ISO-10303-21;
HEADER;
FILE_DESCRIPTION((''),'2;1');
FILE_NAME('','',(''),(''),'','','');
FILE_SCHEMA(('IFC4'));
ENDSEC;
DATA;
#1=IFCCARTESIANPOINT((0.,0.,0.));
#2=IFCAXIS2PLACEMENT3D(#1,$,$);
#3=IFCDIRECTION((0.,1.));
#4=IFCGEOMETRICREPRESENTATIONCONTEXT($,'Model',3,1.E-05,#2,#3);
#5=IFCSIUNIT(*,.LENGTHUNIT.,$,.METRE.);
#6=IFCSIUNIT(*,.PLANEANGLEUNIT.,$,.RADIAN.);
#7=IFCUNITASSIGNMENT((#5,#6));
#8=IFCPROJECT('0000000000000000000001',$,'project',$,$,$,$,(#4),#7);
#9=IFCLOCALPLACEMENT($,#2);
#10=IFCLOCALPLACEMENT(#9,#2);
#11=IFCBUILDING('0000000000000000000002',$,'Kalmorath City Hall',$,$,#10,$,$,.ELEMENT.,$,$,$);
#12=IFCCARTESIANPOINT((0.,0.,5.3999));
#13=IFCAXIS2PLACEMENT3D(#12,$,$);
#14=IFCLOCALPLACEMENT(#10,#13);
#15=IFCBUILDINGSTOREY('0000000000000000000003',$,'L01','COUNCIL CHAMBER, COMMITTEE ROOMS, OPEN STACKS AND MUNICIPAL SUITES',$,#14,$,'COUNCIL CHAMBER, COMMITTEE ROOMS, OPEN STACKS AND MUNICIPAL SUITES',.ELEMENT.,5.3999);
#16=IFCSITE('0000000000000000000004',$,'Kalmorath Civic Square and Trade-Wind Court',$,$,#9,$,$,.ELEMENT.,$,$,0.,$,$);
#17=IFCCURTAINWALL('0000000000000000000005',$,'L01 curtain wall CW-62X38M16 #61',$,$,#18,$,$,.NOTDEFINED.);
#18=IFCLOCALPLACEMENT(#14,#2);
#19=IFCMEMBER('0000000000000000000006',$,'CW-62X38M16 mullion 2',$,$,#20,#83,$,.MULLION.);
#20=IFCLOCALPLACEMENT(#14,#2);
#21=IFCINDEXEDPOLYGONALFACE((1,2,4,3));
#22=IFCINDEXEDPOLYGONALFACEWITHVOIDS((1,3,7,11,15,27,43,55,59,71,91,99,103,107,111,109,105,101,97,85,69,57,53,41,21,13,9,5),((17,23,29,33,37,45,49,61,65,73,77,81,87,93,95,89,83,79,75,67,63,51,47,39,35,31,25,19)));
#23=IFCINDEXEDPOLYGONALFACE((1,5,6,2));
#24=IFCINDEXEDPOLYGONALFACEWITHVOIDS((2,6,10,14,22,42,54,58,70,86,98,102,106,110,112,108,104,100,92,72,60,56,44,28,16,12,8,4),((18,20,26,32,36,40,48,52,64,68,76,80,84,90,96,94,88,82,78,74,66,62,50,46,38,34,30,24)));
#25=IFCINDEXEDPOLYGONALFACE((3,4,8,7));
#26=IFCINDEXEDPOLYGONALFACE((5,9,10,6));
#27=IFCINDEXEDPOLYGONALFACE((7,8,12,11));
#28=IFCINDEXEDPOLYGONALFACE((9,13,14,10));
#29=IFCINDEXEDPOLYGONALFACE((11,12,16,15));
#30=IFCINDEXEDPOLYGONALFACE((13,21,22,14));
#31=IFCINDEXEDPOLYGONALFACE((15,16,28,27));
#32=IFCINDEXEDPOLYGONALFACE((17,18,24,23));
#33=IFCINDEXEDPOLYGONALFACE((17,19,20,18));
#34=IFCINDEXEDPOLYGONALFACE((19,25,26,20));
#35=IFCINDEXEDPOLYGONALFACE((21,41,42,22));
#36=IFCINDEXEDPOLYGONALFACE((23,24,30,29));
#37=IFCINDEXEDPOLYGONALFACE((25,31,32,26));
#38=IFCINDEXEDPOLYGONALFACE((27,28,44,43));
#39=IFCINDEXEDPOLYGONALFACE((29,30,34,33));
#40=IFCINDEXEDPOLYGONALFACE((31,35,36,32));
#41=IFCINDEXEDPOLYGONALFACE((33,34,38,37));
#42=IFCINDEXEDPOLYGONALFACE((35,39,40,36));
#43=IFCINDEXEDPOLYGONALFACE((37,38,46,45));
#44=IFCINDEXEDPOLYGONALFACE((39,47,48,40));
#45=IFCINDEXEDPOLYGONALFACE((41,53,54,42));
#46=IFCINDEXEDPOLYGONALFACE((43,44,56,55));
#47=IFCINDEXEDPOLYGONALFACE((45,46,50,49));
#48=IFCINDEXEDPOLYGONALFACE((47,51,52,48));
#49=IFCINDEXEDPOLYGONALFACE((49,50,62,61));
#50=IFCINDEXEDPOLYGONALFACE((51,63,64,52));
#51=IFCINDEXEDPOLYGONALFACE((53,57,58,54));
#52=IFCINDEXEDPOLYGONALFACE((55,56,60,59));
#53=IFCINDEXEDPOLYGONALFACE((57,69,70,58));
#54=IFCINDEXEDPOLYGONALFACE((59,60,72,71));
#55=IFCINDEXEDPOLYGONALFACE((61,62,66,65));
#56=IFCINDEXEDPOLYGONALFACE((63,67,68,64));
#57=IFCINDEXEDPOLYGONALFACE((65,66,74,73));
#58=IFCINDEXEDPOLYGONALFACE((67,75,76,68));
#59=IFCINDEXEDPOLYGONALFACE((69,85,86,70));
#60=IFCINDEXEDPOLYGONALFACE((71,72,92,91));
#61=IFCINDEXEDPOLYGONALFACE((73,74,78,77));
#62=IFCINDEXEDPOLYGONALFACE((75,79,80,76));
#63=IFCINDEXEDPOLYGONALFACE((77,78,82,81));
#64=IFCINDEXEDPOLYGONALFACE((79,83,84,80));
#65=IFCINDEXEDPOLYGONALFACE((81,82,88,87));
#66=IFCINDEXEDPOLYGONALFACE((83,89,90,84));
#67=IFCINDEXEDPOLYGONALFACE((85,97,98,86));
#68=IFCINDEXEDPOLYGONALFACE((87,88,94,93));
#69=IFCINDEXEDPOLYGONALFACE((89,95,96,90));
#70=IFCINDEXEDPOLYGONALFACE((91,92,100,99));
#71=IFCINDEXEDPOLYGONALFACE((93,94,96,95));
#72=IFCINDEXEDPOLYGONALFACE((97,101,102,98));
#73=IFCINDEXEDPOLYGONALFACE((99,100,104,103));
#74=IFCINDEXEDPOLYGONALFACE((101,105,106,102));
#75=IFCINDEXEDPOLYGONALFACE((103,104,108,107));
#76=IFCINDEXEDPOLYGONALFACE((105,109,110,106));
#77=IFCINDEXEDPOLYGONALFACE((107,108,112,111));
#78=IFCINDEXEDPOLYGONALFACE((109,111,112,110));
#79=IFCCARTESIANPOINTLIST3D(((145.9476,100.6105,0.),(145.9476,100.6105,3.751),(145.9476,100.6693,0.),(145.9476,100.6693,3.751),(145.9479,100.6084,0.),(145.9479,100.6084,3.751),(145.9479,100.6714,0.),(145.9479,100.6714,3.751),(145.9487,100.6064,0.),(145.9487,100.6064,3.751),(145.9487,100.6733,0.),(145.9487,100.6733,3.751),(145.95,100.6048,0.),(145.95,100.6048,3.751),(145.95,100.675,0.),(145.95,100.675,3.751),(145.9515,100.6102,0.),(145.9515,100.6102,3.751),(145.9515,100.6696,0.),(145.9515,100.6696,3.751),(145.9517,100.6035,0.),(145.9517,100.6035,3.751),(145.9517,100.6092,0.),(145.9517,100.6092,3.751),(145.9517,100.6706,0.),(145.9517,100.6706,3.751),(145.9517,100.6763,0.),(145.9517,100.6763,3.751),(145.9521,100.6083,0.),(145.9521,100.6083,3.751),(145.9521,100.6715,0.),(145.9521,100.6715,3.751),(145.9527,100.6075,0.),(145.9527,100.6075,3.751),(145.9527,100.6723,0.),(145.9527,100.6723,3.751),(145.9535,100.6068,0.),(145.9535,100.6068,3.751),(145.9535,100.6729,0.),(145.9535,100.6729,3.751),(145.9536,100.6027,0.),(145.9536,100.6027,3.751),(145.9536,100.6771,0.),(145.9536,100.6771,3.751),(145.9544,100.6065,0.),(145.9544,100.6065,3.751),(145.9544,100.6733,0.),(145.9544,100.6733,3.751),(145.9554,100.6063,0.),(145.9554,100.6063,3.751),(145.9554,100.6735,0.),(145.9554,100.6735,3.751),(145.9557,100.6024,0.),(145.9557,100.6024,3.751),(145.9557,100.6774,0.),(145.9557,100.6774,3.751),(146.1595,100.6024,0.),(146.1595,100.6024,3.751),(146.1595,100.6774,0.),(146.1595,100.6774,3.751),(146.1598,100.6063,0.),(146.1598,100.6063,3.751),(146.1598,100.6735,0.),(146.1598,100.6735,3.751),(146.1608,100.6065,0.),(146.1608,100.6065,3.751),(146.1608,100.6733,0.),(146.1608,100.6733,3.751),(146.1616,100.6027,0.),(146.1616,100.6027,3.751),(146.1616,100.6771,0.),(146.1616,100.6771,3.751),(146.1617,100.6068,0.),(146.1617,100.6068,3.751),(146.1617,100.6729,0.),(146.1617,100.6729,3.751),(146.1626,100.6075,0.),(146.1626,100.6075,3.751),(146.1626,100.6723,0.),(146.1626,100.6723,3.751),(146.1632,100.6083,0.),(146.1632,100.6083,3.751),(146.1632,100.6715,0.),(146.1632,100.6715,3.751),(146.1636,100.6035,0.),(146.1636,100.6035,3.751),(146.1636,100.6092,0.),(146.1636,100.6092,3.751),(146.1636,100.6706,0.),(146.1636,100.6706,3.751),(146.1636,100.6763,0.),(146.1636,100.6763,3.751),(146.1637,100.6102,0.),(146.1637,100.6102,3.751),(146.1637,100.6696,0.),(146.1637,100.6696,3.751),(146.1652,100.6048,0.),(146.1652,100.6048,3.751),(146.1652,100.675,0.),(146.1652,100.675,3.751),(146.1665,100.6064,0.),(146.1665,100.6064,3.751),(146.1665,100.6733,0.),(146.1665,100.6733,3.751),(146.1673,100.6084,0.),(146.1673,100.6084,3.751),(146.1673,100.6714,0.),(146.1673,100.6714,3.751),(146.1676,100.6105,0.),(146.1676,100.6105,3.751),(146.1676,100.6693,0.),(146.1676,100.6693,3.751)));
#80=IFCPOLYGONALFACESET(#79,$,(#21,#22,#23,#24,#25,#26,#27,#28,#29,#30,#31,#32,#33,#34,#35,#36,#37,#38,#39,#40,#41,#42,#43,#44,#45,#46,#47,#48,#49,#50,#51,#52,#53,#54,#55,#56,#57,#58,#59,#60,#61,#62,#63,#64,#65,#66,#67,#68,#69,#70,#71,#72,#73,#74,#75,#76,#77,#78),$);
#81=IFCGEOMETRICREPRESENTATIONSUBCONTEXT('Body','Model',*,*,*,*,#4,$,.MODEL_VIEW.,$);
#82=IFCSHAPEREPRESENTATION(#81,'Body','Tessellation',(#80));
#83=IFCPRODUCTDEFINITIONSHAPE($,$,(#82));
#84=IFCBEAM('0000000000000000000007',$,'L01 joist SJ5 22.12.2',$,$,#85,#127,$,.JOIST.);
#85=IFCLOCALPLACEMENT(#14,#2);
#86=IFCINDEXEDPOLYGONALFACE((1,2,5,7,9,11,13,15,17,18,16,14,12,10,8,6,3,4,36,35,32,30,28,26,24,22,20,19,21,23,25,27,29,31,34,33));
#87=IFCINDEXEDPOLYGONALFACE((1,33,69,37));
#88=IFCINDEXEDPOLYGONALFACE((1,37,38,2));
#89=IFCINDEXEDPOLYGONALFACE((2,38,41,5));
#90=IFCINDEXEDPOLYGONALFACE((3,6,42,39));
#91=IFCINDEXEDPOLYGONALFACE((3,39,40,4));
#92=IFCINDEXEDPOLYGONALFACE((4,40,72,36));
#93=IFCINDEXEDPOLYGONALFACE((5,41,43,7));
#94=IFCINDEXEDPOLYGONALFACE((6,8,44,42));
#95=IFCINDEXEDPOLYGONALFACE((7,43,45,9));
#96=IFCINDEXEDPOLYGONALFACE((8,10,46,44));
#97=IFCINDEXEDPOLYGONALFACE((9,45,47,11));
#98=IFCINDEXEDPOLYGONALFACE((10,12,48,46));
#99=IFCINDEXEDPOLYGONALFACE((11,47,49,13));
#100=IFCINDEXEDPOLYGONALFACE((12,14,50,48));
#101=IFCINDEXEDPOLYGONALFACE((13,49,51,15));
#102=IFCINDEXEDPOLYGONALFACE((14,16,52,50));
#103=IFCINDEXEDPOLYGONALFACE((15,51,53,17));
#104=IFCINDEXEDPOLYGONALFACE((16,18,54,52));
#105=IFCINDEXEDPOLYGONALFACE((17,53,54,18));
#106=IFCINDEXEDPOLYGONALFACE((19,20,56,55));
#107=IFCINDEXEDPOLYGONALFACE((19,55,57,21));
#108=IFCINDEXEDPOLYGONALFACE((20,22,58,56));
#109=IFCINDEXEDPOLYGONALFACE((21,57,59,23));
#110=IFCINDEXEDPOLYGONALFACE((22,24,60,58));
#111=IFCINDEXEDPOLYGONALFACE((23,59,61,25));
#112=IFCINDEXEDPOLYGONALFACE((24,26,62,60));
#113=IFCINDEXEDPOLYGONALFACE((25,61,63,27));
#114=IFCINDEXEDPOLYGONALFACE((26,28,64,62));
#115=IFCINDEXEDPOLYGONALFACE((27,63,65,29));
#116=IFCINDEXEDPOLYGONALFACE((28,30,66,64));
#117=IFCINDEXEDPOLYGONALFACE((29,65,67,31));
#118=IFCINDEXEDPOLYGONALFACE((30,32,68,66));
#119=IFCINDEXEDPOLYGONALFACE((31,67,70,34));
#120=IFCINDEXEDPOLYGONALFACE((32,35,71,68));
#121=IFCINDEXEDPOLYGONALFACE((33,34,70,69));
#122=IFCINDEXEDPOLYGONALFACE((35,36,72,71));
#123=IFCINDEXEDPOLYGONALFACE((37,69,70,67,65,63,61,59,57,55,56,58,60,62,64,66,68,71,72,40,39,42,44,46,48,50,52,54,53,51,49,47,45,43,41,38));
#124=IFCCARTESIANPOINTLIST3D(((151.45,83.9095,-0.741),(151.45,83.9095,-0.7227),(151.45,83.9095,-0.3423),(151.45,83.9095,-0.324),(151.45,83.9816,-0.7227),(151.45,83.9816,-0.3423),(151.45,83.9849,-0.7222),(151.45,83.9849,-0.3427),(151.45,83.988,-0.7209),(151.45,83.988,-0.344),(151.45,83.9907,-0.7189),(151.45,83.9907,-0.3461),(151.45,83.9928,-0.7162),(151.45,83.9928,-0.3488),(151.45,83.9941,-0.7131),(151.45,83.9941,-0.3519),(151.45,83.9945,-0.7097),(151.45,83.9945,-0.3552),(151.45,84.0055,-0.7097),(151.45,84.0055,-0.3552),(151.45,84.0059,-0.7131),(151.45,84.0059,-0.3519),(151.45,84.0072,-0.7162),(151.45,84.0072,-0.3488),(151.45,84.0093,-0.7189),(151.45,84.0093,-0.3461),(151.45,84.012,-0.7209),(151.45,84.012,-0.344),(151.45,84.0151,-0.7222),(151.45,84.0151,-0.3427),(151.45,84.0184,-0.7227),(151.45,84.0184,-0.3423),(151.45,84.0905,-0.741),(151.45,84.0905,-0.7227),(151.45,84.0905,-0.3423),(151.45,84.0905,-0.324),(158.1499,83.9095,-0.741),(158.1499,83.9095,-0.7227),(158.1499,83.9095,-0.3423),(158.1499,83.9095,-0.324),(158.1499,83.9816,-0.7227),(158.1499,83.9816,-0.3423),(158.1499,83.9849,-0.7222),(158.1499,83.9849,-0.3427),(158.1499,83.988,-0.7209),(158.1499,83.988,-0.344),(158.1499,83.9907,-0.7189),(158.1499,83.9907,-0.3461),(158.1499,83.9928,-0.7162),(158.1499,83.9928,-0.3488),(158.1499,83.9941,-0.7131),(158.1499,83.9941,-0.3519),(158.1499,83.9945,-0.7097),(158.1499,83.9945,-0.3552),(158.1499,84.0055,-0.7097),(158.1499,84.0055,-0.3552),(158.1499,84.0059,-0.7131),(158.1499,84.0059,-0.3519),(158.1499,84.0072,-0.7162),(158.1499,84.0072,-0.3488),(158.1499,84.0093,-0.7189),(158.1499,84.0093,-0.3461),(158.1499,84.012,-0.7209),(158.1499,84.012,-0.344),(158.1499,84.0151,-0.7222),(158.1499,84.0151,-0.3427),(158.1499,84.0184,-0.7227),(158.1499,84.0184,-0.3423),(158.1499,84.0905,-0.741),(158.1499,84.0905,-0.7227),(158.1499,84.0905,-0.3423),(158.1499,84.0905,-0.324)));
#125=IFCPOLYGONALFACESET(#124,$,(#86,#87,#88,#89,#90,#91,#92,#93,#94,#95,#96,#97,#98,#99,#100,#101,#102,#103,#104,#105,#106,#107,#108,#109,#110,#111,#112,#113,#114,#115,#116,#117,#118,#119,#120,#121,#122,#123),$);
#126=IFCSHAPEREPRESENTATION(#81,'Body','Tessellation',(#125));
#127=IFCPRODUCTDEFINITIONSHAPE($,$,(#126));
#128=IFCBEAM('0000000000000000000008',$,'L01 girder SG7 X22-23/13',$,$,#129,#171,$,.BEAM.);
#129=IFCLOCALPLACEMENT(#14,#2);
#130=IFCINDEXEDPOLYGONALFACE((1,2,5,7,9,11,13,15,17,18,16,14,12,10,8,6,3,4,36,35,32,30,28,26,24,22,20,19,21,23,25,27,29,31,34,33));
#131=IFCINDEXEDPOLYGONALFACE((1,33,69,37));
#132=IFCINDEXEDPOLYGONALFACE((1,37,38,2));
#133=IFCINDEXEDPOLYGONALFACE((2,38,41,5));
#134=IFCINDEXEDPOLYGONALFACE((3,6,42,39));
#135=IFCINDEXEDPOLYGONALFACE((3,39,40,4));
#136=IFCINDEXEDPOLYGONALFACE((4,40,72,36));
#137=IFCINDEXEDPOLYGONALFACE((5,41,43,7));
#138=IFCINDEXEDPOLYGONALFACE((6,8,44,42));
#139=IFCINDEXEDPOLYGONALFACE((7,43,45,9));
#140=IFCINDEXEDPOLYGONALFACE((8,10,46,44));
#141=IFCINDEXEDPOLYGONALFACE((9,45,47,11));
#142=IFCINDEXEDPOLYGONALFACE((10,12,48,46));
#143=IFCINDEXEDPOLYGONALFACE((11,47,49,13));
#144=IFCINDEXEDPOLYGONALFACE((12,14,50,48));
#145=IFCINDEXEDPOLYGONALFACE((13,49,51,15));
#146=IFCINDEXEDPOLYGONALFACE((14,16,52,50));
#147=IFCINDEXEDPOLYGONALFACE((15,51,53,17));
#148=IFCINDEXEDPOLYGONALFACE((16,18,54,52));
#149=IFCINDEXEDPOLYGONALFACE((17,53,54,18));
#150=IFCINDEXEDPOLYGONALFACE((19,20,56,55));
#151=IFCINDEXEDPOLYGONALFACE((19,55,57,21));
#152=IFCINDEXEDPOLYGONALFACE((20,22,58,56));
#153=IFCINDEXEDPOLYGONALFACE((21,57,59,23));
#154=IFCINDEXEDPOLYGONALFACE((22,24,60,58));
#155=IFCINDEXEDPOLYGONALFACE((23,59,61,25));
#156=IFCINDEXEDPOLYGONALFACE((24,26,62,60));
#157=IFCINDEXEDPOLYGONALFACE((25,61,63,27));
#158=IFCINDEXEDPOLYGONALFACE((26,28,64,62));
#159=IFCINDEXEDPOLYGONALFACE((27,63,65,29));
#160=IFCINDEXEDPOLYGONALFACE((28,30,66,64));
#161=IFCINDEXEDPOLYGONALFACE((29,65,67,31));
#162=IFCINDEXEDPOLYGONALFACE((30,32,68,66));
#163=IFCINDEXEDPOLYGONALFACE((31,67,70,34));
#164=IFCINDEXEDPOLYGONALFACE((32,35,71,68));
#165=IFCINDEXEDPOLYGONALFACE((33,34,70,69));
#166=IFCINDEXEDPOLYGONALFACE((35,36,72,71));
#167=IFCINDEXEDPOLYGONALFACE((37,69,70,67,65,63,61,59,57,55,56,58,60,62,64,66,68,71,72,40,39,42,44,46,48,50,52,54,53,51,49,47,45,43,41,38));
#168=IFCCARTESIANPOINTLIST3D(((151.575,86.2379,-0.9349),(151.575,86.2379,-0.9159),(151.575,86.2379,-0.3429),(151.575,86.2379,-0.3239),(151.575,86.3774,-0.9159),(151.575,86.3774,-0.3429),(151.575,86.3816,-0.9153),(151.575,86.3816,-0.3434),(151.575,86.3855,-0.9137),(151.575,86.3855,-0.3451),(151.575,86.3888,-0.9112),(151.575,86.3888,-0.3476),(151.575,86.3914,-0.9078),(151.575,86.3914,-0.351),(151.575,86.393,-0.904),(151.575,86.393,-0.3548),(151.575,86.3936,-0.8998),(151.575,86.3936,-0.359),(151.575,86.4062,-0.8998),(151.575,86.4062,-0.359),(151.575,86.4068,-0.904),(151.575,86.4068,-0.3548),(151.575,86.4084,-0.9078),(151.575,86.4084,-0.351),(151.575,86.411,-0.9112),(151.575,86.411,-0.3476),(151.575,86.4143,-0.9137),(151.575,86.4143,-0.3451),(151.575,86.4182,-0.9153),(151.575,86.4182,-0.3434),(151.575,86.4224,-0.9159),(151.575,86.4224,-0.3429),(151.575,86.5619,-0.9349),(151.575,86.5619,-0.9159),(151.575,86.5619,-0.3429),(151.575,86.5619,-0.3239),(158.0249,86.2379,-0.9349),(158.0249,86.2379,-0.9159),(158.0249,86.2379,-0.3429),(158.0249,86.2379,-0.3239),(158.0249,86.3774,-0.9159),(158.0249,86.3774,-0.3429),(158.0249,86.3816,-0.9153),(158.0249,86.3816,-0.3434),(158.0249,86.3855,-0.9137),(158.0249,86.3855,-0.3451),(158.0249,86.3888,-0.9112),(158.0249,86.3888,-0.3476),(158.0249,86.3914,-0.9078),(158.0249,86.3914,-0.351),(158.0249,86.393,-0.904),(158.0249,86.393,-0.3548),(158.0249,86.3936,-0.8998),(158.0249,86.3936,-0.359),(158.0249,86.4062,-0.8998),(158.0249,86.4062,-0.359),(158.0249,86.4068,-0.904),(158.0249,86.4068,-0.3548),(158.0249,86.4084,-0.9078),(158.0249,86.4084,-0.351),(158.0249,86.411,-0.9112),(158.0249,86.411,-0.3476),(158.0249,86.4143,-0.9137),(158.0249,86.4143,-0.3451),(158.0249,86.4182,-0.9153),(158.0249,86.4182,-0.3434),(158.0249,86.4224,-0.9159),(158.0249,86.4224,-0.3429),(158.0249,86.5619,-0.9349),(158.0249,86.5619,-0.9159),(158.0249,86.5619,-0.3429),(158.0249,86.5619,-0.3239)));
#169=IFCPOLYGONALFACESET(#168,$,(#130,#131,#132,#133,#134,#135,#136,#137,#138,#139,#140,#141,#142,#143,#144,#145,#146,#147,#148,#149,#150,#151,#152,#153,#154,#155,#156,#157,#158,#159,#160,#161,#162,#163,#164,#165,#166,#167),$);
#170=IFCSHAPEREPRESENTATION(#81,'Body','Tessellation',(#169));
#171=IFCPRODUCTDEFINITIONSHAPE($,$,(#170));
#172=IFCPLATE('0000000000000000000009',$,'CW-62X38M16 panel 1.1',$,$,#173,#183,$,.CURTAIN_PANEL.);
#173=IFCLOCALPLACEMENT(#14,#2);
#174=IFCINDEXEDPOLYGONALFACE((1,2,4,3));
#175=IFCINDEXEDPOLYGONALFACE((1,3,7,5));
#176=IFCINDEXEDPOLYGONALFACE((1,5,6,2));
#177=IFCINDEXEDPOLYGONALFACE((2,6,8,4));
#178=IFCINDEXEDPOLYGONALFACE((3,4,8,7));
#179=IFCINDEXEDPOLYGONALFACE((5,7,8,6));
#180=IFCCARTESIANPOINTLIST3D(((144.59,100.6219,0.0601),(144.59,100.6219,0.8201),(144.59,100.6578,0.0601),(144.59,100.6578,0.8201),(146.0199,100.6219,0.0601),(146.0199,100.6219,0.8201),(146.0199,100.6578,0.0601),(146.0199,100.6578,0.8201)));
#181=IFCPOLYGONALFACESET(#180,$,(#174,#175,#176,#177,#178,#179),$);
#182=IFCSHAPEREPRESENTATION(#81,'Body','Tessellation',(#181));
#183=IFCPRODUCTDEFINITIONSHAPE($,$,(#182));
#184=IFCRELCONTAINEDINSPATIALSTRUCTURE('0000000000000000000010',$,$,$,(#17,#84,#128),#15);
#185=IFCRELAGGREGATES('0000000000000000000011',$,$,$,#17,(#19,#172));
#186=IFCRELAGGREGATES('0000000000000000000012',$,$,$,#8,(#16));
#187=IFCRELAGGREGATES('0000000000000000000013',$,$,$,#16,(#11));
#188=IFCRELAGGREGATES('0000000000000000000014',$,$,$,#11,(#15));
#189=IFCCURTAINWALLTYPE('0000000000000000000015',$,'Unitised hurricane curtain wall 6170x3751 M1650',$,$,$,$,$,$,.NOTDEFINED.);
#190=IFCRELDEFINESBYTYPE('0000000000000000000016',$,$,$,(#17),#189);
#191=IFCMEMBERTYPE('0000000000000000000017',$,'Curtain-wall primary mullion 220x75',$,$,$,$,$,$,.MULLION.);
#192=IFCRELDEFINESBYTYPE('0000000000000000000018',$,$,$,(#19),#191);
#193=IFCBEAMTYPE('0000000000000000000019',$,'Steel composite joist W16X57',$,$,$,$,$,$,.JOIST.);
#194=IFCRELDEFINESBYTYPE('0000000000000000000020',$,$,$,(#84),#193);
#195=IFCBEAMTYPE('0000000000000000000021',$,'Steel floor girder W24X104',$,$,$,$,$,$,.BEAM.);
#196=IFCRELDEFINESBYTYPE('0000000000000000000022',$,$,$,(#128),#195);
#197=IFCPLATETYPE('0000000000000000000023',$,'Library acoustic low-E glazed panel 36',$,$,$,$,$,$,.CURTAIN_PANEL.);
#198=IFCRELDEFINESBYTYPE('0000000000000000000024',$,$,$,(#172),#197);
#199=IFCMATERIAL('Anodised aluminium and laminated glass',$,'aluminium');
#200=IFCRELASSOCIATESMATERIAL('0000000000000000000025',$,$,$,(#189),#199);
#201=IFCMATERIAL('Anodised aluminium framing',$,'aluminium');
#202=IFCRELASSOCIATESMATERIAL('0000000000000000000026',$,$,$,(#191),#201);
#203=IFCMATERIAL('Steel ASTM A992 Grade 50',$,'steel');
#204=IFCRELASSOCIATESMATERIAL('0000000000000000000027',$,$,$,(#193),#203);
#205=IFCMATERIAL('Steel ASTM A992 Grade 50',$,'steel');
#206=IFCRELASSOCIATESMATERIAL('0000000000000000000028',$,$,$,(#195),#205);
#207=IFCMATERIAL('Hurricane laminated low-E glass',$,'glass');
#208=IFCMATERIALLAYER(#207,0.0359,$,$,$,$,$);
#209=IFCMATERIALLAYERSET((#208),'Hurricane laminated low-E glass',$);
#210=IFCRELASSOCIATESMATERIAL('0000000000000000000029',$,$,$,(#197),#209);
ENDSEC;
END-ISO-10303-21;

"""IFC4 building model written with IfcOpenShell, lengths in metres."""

from ifc_helpers import new_model, si_unit, direction, frame, origin, origin_2d, place, context, subcontext, project, spatial, rectangle, hollow_rectangle, i_section, extrude, material, layer, layer_set, material_profile, profile_set, type_object, element, aggregate, save


model = new_model("IFC4")

# Units and contexts
model_context = context("Model", 3, precision=1e-05, world=origin(), true_north=direction((0.0, 1.0)))
body_context = subcontext(model_context, "Body", "Model", "MODEL_VIEW")
ifc_project = project(units=[si_unit("LENGTHUNIT", "METRE"), si_unit("PLANEANGLEUNIT", "RADIAN")], contexts=[model_context])

# Site, building, storey
site_placement = place(None, origin())
site = spatial("IfcSite", under=ifc_project, at=site_placement, Name="Kalmorath Civic Square and Trade-Wind Court", CompositionType="ELEMENT", RefElevation=0.0)
building_placement = place(site_placement, origin())
building = spatial("IfcBuilding", under=site, at=building_placement, Name="Kalmorath City Hall", CompositionType="ELEMENT")
storey_placement = place(building_placement, frame((0.0, 0.0, 5.3999)))
storey = spatial("IfcBuildingStorey", under=building, at=storey_placement, Name="L01", Description="COUNCIL CHAMBER, COMMITTEE ROOMS, OPEN STACKS AND MUNICIPAL SUITES", LongName="COUNCIL CHAMBER, COMMITTEE ROOMS, OPEN STACKS AND MUNICIPAL SUITES", CompositionType="ELEMENT", Elevation=5.3999)

# Curtain wall, member
ifc_material_1 = material(Name="Anodised aluminium and laminated glass", Category="aluminium")
curtain_wall_type = type_object("IfcCurtainWallType", Name="Unitised hurricane curtain wall 6170x3751 M1650", PredefinedType="NOTDEFINED", material=ifc_material_1)
curtain_wall_placement = place(storey_placement, origin())
curtain_wall = element("IfcCurtainWall", 1, at=curtain_wall_placement, inside=storey, type_object=curtain_wall_type, Name="L01 curtain wall CW-62X38M16 #61", PredefinedType="NOTDEFINED")
ifc_material_2 = material(Name="Anodised aluminium framing", Category="aluminium")
ifc_material_profile_1 = material_profile(ifc_material_2, hollow_rectangle(XDim=0.075, YDim=0.22, WallThickness=0.0039, InnerFilletRadius=0.0039, OuterFilletRadius=0.0081, at=origin_2d()), Name="ALU-MUL-220X75X4")
ifc_profile_set_1 = profile_set([ifc_material_profile_1], Name="Anodised aluminium framing")
member_type_1 = type_object("IfcMemberType", Name="Curtain-wall primary mullion 220x75", PredefinedType="MULLION", material=ifc_profile_set_1)
member_1_placement = place(storey_placement, frame((146.0576, 100.6399, 0.0), z_axis=(0.0, 0.0, 1.0), x_axis=(0.0, 1.0, 0.0)))
member_1 = element("IfcMember", 2, at=member_1_placement, type_object=member_type_1, Name="CW-62X38M16 mullion 2", PredefinedType="MULLION", context=body_context, shape_type="SweptSolid", body=[
    extrude(hollow_rectangle(XDim=0.075, YDim=0.22, WallThickness=0.0039, InnerFilletRadius=0.0039, OuterFilletRadius=0.0081, at=origin_2d()), origin(), (0.0, 0.0, 1.0), 3.751),
])

# Beams
ifc_material_3 = material(Name="Steel ASTM A992 Grade 50", Category="steel")
ifc_material_profile_2 = material_profile(ifc_material_3, i_section(OverallWidth=0.1809, OverallDepth=0.417, WebThickness=0.011, FlangeThickness=0.0183, FilletRadius=0.0129, at=origin_2d()), Name="W16X57")
ifc_profile_set_2 = profile_set([ifc_material_profile_2], Name="Steel ASTM A992 Grade 50")
beam_type_1 = type_object("IfcBeamType", Name="Steel composite joist W16X57", PredefinedType="JOIST", material=ifc_profile_set_2)
beam_1_placement = place(storey_placement, frame((151.45, 84.0, -0.5325), z_axis=(1.0, 0.0, 0.0), x_axis=(0.0, 1.0, 0.0)))
element("IfcBeam", 3, at=beam_1_placement, inside=storey, type_object=beam_type_1, Name="L01 joist SJ5 22.12.2", PredefinedType="JOIST", context=body_context, shape_type="SweptSolid", body=[
    extrude(i_section(OverallWidth=0.1809, OverallDepth=0.417, WebThickness=0.011, FlangeThickness=0.0183, FilletRadius=0.0129, at=origin_2d()), origin(), (0.0, 0.0, 1.0), 6.7),
])
ifc_material_4 = material(Name="Steel ASTM A992 Grade 50", Category="steel")
ifc_material_profile_3 = material_profile(ifc_material_4, i_section(OverallWidth=0.324, OverallDepth=0.6111, WebThickness=0.0127, FlangeThickness=0.019, FilletRadius=0.0161, at=origin_2d()), Name="W24X104")
ifc_profile_set_3 = profile_set([ifc_material_profile_3], Name="Steel ASTM A992 Grade 50")
beam_type_2 = type_object("IfcBeamType", Name="Steel floor girder W24X104", PredefinedType="BEAM", material=ifc_profile_set_3)
beam_2_placement = place(storey_placement, frame((151.575, 86.3999, -0.6294), z_axis=(1.0, 0.0, 0.0), x_axis=(0.0, 1.0, 0.0)))
element("IfcBeam", 4, at=beam_2_placement, inside=storey, type_object=beam_type_2, Name="L01 girder SG7 X22-23/13", PredefinedType="BEAM", context=body_context, shape_type="SweptSolid", body=[
    extrude(i_section(OverallWidth=0.324, OverallDepth=0.6111, WebThickness=0.0127, FlangeThickness=0.019, FilletRadius=0.0161, at=origin_2d()), origin(), (0.0, 0.0, 1.0), 6.45),
])

# Plate
ifc_material_5 = material(Name="Hurricane laminated low-E glass", Category="glass")
ifc_layer_1 = layer(ifc_material_5, 0.0359)
ifc_layer_set_1 = layer_set([ifc_layer_1], Name="Hurricane laminated low-E glass")
plate_type = type_object("IfcPlateType", Name="Library acoustic low-E glazed panel 36", PredefinedType="CURTAIN_PANEL", material=ifc_layer_set_1)
plate_1_placement = place(storey_placement, frame((145.3049, 100.6399, 0.0601), z_axis=(0.0, 0.0, 1.0), x_axis=(1.0, 0.0, 0.0)))
plate_1 = element("IfcPlate", 5, at=plate_1_placement, type_object=plate_type, Name="CW-62X38M16 panel 1.1", PredefinedType="CURTAIN_PANEL", context=body_context, shape_type="SweptSolid", body=[
    extrude(rectangle(XDim=1.4299, YDim=0.0359, at=origin_2d()), origin(), (0.0, 0.0, 1.0), 0.76),
])
aggregate(curtain_wall, [member_1, plate_1])

save(model, "model.ifc")
